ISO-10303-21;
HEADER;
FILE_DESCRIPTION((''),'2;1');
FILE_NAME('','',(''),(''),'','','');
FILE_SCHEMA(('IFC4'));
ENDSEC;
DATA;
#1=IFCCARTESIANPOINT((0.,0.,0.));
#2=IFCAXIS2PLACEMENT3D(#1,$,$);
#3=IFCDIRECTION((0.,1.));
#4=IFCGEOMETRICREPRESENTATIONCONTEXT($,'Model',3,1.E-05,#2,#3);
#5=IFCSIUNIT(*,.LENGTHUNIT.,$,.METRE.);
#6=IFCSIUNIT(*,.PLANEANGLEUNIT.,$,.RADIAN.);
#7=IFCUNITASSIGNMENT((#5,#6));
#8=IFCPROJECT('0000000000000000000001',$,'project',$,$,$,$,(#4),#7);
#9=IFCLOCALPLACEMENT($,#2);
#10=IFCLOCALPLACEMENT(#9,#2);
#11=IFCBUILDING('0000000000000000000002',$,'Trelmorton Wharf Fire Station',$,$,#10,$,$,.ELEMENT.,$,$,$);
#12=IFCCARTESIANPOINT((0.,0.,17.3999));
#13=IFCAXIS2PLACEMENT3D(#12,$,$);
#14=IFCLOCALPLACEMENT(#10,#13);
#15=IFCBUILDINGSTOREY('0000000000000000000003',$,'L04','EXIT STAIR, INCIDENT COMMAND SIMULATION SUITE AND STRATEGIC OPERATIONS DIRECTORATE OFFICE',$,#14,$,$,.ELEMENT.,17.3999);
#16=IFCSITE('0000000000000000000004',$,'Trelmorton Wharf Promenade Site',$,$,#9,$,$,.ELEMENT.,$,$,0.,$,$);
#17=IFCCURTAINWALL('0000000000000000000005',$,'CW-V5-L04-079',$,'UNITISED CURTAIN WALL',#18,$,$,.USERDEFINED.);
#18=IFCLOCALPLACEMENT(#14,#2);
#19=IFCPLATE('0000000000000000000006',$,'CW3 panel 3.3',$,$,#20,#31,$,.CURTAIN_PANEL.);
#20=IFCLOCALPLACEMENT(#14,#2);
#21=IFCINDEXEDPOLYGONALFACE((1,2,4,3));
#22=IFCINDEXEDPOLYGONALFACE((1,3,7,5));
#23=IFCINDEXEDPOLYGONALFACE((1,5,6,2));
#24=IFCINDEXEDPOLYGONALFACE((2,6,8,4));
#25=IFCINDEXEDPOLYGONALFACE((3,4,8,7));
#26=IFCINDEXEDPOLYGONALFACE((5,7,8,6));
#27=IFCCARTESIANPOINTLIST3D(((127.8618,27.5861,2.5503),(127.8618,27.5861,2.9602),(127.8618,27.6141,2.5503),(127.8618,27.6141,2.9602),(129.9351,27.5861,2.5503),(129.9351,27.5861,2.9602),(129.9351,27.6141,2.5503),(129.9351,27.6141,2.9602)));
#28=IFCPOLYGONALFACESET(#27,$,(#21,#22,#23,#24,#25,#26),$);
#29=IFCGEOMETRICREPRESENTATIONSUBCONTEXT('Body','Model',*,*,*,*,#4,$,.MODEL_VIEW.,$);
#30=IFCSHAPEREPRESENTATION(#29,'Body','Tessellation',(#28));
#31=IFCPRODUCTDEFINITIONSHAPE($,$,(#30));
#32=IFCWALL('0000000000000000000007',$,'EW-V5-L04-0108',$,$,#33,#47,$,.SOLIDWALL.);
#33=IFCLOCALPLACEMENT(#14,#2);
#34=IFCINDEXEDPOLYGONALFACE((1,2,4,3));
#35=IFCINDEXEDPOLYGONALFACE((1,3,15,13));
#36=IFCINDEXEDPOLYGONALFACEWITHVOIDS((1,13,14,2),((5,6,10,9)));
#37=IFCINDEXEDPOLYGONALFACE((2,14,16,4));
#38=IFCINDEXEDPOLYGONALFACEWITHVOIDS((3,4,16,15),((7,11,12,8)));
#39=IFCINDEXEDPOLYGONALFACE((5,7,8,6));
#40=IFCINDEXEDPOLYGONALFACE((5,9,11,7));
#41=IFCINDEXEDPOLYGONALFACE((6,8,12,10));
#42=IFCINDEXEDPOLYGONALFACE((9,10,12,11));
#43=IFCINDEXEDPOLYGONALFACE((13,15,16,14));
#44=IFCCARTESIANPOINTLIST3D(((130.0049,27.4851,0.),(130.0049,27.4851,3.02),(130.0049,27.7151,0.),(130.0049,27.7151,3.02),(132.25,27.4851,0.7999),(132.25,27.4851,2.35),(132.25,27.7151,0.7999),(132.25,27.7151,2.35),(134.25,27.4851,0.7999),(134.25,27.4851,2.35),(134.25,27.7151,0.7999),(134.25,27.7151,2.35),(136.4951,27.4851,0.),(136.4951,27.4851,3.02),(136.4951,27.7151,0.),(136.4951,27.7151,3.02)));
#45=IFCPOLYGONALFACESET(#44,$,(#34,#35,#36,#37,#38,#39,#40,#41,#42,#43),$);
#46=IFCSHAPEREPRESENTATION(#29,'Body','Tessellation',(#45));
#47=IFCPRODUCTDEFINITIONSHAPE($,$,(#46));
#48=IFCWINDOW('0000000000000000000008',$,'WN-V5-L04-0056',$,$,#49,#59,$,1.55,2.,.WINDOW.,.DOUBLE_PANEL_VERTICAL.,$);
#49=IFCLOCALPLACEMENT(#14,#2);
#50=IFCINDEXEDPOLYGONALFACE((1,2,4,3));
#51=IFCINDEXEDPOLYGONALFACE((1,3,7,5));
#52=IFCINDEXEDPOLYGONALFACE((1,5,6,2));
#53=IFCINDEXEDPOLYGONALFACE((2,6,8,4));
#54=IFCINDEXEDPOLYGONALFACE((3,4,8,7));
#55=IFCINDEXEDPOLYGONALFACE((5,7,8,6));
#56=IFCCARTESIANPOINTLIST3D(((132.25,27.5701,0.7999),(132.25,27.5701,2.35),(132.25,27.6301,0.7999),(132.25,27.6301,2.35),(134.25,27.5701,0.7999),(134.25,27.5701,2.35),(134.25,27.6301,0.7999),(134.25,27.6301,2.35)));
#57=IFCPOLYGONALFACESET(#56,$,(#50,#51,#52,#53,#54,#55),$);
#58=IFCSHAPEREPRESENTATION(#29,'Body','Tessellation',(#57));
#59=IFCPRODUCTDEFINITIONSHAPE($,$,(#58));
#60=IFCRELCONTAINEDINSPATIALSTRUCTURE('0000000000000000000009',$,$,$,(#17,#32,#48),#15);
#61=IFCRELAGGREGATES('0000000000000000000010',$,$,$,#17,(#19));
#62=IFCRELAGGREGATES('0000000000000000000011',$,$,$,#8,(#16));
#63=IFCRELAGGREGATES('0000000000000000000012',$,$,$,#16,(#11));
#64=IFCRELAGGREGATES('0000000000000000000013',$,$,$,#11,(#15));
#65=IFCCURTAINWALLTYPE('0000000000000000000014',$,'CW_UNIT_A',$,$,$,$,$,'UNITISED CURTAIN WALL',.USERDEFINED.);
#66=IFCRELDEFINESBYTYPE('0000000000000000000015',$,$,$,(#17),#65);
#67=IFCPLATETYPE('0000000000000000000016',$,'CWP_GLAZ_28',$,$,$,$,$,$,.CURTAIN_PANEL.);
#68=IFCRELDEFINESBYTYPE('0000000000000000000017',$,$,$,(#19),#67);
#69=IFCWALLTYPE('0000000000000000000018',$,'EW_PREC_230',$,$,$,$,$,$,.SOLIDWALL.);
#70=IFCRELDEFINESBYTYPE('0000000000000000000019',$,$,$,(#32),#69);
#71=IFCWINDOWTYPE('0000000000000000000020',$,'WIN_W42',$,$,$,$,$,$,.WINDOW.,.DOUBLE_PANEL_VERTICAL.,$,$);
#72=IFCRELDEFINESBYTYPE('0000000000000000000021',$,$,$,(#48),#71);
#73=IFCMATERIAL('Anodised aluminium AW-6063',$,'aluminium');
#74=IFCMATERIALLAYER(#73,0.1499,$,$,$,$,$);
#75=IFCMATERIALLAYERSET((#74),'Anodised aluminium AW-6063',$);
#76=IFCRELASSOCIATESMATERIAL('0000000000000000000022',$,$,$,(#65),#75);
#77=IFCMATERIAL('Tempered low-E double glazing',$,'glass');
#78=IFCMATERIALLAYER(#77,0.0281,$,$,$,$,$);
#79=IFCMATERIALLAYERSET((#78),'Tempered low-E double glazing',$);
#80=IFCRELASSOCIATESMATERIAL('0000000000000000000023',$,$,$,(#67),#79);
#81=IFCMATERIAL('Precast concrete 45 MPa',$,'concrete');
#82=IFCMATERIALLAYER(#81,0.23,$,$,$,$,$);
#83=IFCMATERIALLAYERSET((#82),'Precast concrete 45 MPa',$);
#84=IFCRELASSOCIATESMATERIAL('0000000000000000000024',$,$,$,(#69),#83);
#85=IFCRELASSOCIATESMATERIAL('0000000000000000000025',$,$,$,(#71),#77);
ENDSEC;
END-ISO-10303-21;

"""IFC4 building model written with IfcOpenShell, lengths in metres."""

from ifc_helpers import new_model, si_unit, direction, frame, frame_2d, origin, origin_2d, place, context, subcontext, project, spatial, rectangle, extrude, material, layer, layer_set, type_object, element, fill, aggregate, save


model = new_model("IFC4")

# Units and contexts
model_context = context("Model", 3, precision=1e-05, world=origin(), true_north=direction((0.0, 1.0)))
body_context = subcontext(model_context, "Body", "Model", "MODEL_VIEW")
ifc_project = project(units=[si_unit("LENGTHUNIT", "METRE"), si_unit("PLANEANGLEUNIT", "RADIAN")], contexts=[model_context])

# Site, building, storey
site_placement = place(None, origin())
site = spatial("IfcSite", under=ifc_project, at=site_placement, Name="Trelmorton Wharf Promenade Site", CompositionType="ELEMENT", RefElevation=0.0)
building_placement = place(site_placement, origin())
building = spatial("IfcBuilding", under=site, at=building_placement, Name="Trelmorton Wharf Fire Station", CompositionType="ELEMENT")
storey_placement = place(building_placement, frame((0.0, 0.0, 17.3999)))
storey = spatial("IfcBuildingStorey", under=building, at=storey_placement, Name="L04", Description="EXIT STAIR, INCIDENT COMMAND SIMULATION SUITE AND STRATEGIC OPERATIONS DIRECTORATE OFFICE", CompositionType="ELEMENT", Elevation=17.3999)

# Curtain wall
ifc_material_1 = material(Name="Anodised aluminium AW-6063", Category="aluminium")
ifc_layer_1 = layer(ifc_material_1, 0.1499)
ifc_layer_set_1 = layer_set([ifc_layer_1], Name="Anodised aluminium AW-6063")
curtain_wall_type = type_object("IfcCurtainWallType", Name="CW_UNIT_A", ElementType="UNITISED CURTAIN WALL", PredefinedType="USERDEFINED", material=ifc_layer_set_1)
curtain_wall_placement = place(storey_placement, origin())
curtain_wall = element("IfcCurtainWall", 1, at=curtain_wall_placement, inside=storey, type_object=curtain_wall_type, Name="CW-V5-L04-079", ObjectType="UNITISED CURTAIN WALL", PredefinedType="USERDEFINED")

# Plate
ifc_material_2 = material(Name="Tempered low-E double glazing", Category="glass")
ifc_layer_2 = layer(ifc_material_2, 0.0281)
ifc_layer_set_2 = layer_set([ifc_layer_2], Name="Tempered low-E double glazing")
plate_type = type_object("IfcPlateType", Name="CWP_GLAZ_28", PredefinedType="CURTAIN_PANEL", material=ifc_layer_set_2)
plate_1_placement = place(storey_placement, frame((128.8984, 27.6001, 2.5503), z_axis=(0.0, 0.0, 1.0), x_axis=(1.0, 0.0, 0.0)))
plate_1 = element("IfcPlate", 2, at=plate_1_placement, type_object=plate_type, Name="CW3 panel 3.3", PredefinedType="CURTAIN_PANEL", context=body_context, shape_type="SweptSolid", body=[
    extrude(rectangle(XDim=2.0732, YDim=0.0281, at=origin_2d()), origin(), (0.0, 0.0, 1.0), 0.4099),
])
aggregate(curtain_wall, [plate_1])

# Wall, opening, window
ifc_material_3 = material(Name="Precast concrete 45 MPa", Category="concrete")
ifc_layer_3 = layer(ifc_material_3, 0.23)
ifc_layer_set_3 = layer_set([ifc_layer_3], Name="Precast concrete 45 MPa")
wall_type = type_object("IfcWallType", Name="EW_PREC_230", PredefinedType="SOLIDWALL", material=ifc_layer_set_3)
wall_placement = place(storey_placement, frame((130.0049, 27.6001, 0.0), z_axis=(0.0, 0.0, 1.0), x_axis=(1.0, 0.0, 0.0)))
wall = element("IfcWall", 3, at=wall_placement, inside=storey, type_object=wall_type, Name="EW-V5-L04-0108", PredefinedType="SOLIDWALL", context=body_context, shape_type="SweptSolid", body=[
    extrude(rectangle(XDim=6.4902, YDim=0.23, at=frame_2d((3.2451, 0.0))), origin(), (0.0, 0.0, 1.0), 3.02),
])
opening_placement = place(wall_placement, frame((2.2451, 0.0, 0.8)))
opening = element("IfcOpeningElement", 4, at=opening_placement, cuts=wall, PredefinedType="OPENING", context=body_context, shape_type="SweptSolid", body=[
    extrude(rectangle(XDim=2.0, YDim=1.55, at=frame_2d((1.0, 0.7749))), frame((0.0, 0.125, 0.0), z_axis=(0.0, -1.0, 0.0), x_axis=(1.0, 0.0, 0.0)), (0.0, 0.0, 1.0), 0.25),
])
window_type = type_object("IfcWindowType", Name="WIN_W42", PartitioningType="DOUBLE_PANEL_VERTICAL", PredefinedType="WINDOW", material=ifc_material_2)
window_placement = place(opening_placement, origin())
window = element("IfcWindow", 5, at=window_placement, inside=storey, type_object=window_type, Name="WN-V5-L04-0056", OverallHeight=1.55, OverallWidth=2.0, PartitioningType="DOUBLE_PANEL_VERTICAL", PredefinedType="WINDOW", context=body_context, shape_type="SweptSolid", body=[
    extrude(rectangle(XDim=2.0, YDim=1.55, at=frame_2d((1.0, 0.7749))), frame((0.0, 0.03, 0.0), z_axis=(0.0, -1.0, 0.0), x_axis=(1.0, 0.0, 0.0)), (0.0, 0.0, 1.0), 0.0601),
])
fill(opening, window)

save(model, "model.ifc")
